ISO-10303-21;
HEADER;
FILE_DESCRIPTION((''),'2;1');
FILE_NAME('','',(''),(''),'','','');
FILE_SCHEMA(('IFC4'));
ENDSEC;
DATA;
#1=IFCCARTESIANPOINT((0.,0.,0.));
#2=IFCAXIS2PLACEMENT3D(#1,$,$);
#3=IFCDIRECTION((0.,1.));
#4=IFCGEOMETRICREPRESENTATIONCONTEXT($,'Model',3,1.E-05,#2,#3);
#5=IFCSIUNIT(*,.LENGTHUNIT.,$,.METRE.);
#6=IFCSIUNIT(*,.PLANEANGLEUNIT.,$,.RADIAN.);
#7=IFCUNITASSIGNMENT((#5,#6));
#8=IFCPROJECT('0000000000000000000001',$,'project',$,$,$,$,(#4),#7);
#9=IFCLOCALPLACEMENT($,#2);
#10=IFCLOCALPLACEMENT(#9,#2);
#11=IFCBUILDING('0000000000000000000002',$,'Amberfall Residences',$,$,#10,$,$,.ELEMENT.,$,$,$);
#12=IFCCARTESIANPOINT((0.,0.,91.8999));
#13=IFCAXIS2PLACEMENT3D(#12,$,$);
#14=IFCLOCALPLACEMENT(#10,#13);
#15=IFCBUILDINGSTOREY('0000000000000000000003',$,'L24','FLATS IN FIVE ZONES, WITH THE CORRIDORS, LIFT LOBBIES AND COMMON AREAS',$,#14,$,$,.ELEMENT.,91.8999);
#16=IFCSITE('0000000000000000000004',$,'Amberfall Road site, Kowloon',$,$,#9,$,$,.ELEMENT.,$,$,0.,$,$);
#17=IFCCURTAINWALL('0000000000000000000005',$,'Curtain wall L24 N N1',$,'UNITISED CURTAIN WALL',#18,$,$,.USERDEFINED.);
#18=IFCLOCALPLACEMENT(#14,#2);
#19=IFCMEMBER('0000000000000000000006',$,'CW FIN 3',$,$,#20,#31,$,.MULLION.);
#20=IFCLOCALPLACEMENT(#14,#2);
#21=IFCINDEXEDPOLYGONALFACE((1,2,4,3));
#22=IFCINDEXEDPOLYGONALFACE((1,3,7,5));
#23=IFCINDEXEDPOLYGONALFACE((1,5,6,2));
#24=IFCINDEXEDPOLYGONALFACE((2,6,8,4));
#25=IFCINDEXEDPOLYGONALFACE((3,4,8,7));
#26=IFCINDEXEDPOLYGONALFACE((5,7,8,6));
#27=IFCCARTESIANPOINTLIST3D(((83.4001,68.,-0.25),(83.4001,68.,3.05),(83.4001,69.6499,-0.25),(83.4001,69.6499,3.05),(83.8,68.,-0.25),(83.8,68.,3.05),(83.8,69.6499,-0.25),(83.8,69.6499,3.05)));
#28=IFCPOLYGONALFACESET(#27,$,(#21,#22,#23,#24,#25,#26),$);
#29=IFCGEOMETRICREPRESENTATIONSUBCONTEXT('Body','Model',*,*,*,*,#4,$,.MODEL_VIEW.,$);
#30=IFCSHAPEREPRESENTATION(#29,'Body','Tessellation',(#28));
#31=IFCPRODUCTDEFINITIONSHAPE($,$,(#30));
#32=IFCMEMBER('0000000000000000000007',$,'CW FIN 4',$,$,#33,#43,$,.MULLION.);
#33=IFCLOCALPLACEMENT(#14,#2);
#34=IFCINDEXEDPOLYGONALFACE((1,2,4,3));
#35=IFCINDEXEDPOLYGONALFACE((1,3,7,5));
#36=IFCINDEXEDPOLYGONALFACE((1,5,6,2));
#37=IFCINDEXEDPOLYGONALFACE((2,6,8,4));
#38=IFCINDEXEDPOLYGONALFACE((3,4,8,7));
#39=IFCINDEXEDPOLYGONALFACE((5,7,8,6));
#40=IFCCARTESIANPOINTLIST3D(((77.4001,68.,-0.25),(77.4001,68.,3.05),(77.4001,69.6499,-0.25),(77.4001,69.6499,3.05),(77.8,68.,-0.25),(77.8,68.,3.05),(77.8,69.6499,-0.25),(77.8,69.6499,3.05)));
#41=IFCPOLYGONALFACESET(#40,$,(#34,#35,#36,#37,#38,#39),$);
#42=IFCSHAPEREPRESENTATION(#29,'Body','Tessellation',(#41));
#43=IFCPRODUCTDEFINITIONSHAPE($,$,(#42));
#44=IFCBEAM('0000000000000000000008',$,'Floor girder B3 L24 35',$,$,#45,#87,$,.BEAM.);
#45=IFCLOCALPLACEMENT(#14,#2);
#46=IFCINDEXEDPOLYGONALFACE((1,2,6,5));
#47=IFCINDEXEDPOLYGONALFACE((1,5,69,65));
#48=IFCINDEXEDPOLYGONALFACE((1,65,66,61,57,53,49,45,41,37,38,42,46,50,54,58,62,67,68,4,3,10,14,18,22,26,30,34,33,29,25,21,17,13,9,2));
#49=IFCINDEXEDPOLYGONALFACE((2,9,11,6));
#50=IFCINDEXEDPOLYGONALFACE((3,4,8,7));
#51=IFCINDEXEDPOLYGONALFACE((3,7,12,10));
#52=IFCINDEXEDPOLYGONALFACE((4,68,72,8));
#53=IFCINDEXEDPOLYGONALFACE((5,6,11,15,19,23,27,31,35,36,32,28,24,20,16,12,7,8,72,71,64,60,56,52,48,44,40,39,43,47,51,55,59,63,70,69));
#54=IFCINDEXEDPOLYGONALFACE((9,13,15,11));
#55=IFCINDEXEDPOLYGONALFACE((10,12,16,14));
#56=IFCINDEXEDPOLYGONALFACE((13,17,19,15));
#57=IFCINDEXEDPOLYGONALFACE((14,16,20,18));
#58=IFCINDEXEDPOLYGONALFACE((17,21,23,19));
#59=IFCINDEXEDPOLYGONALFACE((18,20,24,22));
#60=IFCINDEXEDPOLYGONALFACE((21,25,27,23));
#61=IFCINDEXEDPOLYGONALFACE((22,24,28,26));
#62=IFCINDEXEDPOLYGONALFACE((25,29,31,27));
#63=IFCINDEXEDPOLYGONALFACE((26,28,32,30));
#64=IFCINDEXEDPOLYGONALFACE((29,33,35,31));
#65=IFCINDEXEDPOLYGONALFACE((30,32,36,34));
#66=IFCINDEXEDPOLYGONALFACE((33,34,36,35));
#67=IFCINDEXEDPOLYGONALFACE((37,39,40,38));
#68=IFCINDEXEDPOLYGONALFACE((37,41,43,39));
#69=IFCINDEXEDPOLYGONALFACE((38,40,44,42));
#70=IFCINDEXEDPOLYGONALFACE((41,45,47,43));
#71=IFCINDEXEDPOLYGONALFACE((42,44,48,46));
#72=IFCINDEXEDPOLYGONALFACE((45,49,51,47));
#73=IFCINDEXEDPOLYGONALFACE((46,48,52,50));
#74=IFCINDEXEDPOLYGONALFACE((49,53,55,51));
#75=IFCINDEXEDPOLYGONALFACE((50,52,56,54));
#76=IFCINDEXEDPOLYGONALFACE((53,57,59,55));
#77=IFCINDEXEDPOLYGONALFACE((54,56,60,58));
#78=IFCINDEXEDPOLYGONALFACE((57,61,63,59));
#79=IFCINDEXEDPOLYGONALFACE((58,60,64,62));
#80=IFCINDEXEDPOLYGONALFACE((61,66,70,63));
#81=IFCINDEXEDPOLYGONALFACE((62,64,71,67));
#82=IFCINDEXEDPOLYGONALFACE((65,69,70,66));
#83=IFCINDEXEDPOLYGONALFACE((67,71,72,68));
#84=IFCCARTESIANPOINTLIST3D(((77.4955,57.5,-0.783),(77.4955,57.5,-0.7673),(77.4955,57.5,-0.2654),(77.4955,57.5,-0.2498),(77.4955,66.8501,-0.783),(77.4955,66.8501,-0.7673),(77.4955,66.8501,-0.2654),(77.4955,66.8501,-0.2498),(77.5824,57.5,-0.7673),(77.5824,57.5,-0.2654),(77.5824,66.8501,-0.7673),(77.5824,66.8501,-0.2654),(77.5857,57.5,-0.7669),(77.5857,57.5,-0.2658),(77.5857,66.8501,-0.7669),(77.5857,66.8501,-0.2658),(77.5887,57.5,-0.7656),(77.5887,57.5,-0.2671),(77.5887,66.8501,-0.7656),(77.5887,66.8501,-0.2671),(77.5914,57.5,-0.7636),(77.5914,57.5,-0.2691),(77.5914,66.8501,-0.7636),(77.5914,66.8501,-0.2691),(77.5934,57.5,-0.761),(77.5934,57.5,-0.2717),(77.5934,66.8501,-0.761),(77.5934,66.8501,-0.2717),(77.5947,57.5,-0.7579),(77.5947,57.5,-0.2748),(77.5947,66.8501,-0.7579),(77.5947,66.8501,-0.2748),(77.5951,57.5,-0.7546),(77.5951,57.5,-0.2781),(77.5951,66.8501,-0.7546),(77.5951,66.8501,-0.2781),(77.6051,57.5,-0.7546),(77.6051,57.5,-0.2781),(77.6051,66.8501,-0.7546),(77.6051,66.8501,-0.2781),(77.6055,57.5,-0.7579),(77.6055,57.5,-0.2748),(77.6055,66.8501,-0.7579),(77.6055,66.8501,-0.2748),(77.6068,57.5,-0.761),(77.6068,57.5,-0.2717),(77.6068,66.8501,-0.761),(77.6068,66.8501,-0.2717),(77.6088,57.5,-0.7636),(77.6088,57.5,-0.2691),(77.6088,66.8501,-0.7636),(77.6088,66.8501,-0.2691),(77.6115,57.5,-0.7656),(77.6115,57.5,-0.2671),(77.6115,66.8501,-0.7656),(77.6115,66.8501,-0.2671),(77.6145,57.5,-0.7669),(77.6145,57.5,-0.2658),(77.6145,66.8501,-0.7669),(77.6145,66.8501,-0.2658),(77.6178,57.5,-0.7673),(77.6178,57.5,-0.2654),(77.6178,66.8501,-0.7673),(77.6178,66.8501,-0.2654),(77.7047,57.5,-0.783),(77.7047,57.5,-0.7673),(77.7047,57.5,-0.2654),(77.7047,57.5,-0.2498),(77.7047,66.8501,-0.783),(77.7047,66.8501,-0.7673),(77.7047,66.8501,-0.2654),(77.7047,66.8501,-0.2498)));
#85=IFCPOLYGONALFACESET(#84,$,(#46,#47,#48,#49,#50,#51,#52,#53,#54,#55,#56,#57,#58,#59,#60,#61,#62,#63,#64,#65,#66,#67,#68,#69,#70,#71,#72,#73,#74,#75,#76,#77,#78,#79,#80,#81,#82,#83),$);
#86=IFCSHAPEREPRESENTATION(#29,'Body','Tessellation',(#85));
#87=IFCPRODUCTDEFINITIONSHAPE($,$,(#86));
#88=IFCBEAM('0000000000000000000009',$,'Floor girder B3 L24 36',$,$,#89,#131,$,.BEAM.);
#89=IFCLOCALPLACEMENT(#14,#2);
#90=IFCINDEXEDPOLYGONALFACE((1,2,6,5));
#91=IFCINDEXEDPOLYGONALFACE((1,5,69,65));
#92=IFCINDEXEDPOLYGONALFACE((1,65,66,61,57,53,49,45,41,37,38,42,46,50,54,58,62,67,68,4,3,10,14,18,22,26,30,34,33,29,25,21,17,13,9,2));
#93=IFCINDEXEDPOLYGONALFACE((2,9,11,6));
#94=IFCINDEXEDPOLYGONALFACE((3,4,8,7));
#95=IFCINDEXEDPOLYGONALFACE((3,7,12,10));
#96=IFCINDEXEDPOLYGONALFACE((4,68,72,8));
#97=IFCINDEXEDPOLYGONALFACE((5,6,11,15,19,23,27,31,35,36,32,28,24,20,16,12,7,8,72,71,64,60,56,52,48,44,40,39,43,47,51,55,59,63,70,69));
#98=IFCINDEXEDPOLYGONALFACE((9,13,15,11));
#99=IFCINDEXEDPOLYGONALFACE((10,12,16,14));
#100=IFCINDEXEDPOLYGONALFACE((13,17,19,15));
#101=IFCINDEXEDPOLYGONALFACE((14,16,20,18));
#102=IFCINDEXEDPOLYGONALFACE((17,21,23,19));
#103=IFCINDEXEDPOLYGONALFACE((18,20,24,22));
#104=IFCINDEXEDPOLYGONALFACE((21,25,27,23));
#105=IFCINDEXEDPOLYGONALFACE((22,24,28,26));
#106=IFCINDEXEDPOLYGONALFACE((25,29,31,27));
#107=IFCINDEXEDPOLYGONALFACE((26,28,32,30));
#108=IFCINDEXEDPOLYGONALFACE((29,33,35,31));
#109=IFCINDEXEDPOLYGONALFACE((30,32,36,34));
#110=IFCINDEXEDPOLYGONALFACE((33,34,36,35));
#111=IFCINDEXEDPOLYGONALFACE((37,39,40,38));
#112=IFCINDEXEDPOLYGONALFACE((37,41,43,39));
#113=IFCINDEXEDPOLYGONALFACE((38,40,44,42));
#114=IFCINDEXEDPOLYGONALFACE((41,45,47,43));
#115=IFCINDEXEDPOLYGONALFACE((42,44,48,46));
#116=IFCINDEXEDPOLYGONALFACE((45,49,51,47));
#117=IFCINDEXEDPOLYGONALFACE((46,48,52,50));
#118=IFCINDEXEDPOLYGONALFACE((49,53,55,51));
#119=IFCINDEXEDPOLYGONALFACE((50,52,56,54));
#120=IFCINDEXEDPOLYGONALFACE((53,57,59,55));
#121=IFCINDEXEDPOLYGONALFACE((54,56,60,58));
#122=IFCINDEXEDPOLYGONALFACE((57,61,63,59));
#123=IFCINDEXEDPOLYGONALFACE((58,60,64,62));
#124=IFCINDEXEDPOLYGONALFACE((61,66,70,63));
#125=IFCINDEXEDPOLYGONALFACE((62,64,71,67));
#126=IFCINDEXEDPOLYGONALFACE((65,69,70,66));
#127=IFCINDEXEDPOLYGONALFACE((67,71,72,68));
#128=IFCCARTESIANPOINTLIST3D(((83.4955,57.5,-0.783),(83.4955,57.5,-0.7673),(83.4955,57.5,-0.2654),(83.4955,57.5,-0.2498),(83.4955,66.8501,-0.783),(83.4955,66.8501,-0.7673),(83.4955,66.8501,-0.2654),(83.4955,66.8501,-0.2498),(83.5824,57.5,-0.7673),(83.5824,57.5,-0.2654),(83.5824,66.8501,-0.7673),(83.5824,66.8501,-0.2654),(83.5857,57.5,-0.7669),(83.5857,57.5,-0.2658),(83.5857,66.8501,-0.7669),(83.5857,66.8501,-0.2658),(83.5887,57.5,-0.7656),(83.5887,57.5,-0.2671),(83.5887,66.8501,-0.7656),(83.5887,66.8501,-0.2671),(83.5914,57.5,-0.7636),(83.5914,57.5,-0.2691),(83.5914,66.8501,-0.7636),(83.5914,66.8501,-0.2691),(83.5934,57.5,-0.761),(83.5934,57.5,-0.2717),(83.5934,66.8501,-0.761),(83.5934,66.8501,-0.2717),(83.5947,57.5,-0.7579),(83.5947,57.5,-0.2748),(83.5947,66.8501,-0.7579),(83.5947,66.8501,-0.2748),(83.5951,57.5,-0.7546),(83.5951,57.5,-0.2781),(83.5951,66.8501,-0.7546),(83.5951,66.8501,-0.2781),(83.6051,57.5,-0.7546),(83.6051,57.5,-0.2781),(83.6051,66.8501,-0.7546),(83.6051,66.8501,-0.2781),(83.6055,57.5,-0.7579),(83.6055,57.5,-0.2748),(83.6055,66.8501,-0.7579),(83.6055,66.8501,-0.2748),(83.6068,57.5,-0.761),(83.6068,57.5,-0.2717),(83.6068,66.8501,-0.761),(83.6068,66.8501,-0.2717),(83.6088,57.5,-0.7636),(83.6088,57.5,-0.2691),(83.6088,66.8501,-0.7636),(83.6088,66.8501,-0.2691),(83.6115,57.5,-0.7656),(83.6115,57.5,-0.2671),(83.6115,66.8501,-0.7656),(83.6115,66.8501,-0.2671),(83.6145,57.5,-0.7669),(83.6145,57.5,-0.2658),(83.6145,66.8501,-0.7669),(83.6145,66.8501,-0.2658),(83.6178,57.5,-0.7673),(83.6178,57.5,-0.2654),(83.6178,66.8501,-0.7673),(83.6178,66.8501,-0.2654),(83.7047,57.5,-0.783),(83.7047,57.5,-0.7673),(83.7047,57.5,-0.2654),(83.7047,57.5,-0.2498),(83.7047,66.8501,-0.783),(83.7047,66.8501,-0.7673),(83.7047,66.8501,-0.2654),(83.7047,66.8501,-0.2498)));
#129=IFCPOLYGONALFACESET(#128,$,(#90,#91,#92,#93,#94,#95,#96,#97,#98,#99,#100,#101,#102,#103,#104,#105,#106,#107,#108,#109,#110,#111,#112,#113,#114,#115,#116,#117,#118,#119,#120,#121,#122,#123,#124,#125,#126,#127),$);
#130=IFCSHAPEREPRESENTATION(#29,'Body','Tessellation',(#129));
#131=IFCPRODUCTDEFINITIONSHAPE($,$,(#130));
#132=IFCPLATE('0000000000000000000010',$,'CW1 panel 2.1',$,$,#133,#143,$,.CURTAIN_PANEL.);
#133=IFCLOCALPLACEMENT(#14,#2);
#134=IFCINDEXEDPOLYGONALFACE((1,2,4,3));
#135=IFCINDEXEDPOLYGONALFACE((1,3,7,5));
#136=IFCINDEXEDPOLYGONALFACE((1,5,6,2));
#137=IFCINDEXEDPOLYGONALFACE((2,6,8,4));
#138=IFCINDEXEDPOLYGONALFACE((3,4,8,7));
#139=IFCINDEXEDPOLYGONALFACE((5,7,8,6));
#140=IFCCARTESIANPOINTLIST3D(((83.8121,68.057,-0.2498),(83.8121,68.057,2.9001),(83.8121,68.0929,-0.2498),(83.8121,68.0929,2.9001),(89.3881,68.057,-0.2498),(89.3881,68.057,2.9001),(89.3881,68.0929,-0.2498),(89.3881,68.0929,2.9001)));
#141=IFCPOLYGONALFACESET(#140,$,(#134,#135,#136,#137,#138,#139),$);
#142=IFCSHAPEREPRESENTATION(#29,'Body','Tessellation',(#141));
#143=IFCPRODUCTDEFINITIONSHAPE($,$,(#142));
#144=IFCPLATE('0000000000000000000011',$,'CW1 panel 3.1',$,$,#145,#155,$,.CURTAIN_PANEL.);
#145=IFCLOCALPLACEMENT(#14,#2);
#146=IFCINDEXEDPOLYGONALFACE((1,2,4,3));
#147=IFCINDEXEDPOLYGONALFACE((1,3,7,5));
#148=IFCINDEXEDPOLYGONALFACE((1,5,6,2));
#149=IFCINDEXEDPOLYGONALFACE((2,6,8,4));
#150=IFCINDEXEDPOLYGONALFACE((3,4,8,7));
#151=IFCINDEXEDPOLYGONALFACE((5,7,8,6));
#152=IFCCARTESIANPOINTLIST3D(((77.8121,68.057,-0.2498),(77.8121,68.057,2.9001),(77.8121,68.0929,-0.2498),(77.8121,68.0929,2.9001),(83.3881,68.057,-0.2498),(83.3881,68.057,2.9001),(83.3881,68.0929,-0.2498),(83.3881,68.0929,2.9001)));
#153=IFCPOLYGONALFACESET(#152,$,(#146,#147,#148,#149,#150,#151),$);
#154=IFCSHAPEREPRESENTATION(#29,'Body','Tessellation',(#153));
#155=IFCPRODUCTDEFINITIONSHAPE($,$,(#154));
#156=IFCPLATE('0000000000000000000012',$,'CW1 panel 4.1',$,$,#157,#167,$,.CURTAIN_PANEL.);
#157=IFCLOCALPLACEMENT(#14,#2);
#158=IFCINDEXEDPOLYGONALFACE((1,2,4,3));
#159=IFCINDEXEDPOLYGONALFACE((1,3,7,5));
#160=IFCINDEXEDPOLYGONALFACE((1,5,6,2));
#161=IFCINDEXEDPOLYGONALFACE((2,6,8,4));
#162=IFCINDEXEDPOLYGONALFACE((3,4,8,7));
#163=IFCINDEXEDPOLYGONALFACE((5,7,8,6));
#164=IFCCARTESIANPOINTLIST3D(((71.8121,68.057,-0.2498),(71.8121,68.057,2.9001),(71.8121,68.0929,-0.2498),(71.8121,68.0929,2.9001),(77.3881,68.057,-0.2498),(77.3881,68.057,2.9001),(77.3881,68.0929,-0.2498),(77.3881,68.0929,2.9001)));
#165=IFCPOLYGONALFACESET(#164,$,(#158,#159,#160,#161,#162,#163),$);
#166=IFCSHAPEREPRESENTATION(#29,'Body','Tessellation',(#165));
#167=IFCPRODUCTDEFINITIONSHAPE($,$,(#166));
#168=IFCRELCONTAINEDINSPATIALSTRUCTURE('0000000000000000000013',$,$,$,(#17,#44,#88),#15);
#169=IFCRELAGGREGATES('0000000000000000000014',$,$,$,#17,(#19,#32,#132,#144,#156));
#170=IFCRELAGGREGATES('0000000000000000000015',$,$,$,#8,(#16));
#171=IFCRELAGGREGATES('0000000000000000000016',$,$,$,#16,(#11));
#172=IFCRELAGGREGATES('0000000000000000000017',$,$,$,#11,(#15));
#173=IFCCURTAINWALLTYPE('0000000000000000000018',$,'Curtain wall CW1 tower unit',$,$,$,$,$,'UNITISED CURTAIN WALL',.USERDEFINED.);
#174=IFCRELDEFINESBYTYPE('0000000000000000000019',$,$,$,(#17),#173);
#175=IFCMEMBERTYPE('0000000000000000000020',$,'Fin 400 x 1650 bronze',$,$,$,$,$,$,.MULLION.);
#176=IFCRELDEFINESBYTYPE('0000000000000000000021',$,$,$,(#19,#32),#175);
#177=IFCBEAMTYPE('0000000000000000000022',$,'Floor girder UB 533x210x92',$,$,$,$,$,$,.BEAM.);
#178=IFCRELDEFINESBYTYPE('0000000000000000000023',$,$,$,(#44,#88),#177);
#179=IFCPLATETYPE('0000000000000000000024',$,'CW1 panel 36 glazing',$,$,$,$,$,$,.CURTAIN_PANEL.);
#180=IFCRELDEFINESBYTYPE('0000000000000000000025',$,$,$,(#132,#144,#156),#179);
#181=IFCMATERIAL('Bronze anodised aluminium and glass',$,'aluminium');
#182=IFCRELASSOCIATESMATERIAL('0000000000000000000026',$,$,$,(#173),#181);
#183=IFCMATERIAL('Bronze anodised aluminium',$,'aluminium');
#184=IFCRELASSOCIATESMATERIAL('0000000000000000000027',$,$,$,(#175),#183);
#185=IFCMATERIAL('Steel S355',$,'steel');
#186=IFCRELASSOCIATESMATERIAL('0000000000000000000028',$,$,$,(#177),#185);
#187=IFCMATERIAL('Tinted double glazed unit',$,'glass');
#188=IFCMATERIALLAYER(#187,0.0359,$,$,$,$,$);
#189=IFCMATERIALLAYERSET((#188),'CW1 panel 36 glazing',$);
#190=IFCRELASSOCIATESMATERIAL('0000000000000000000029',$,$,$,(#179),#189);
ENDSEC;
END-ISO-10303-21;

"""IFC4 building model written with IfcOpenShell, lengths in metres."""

from ifc_helpers import new_model, si_unit, direction, frame, origin, origin_2d, place, context, subcontext, project, spatial, rectangle, i_section, extrude, material, layer, layer_set, material_profile, profile_set, type_object, element, aggregate, save


model = new_model("IFC4")

# Units and contexts
model_context = context("Model", 3, precision=1e-05, world=origin(), true_north=direction((0.0, 1.0)))
body_context = subcontext(model_context, "Body", "Model", "MODEL_VIEW")
ifc_project = project(units=[si_unit("LENGTHUNIT", "METRE"), si_unit("PLANEANGLEUNIT", "RADIAN")], contexts=[model_context])

# Site, building, storey
site_placement = place(None, origin())
site = spatial("IfcSite", under=ifc_project, at=site_placement, Name="Amberfall Road site, Kowloon", CompositionType="ELEMENT", RefElevation=0.0)
building_placement = place(site_placement, origin())
building = spatial("IfcBuilding", under=site, at=building_placement, Name="Amberfall Residences", CompositionType="ELEMENT")
storey_placement = place(building_placement, frame((0.0, 0.0, 91.8999)))
storey = spatial("IfcBuildingStorey", under=building, at=storey_placement, Name="L24", Description="FLATS IN FIVE ZONES, WITH THE CORRIDORS, LIFT LOBBIES AND COMMON AREAS", CompositionType="ELEMENT", Elevation=91.8999)

# Curtain wall
ifc_material_1 = material(Name="Bronze anodised aluminium and glass", Category="aluminium")
curtain_wall_type = type_object("IfcCurtainWallType", Name="Curtain wall CW1 tower unit", ElementType="UNITISED CURTAIN WALL", PredefinedType="USERDEFINED", material=ifc_material_1)
curtain_wall_placement = place(storey_placement, origin())
curtain_wall = element("IfcCurtainWall", 1, at=curtain_wall_placement, inside=storey, type_object=curtain_wall_type, Name="Curtain wall L24 N N1", ObjectType="UNITISED CURTAIN WALL", PredefinedType="USERDEFINED")
ifc_material_2 = material(Name="Bronze anodised aluminium", Category="aluminium")

# Shared definitions
ifc_material_3 = material(Name="Steel S355", Category="steel")

# Members
ifc_material_profile_1 = material_profile(ifc_material_2, rectangle(XDim=1.6499, YDim=0.3999, at=origin_2d()), Name="Fin 400 x 1650 bronze")
ifc_profile_set_1 = profile_set([ifc_material_profile_1], Name="Bronze anodised aluminium")
member_type_1 = type_object("IfcMemberType", Name="Fin 400 x 1650 bronze", PredefinedType="MULLION", material=ifc_profile_set_1)
member_1_placement = place(storey_placement, frame((83.6001, 68.825, -0.25), z_axis=(0.0, 0.0, 1.0), x_axis=(0.0, -1.0, 0.0)))
member_1 = element("IfcMember", 2, at=member_1_placement, type_object=member_type_1, Name="CW FIN 3", PredefinedType="MULLION", context=body_context, shape_type="SweptSolid", body=[
    extrude(rectangle(XDim=1.6499, YDim=0.3999, at=origin_2d()), origin(), (0.0, 0.0, 1.0), 3.3),
])
member_2_placement = place(storey_placement, frame((77.6001, 68.825, -0.25), z_axis=(0.0, 0.0, 1.0), x_axis=(0.0, -1.0, 0.0)))
member_2 = element("IfcMember", 3, at=member_2_placement, type_object=member_type_1, Name="CW FIN 4", PredefinedType="MULLION", context=body_context, shape_type="SweptSolid", body=[
    extrude(rectangle(XDim=1.6499, YDim=0.3999, at=origin_2d()), origin(), (0.0, 0.0, 1.0), 3.3),
])

# Beams
ifc_material_profile_2 = material_profile(ifc_material_3, i_section(OverallWidth=0.2092, OverallDepth=0.5332, WebThickness=0.01, FlangeThickness=0.0156, FilletRadius=0.0127, at=origin_2d()), Name="UB 533x210x92")
ifc_profile_set_2 = profile_set([ifc_material_profile_2], Name="Steel S355")
beam_type_1 = type_object("IfcBeamType", Name="Floor girder UB 533x210x92", PredefinedType="BEAM", material=ifc_profile_set_2)
for number, where, z_axis, x_axis, name in (
    (4, (77.6001, 66.8501, -0.5164), (0.0, -1.0, 0.0), (1.0, 0.0, 0.0), "Floor girder B3 L24 35"),
    (5, (83.6001, 66.8501, -0.5164), (0.0, -1.0, 0.0), (1.0, 0.0, 0.0), "Floor girder B3 L24 36"),
):
    element("IfcBeam", number, at=place(storey_placement, frame(where, z_axis=z_axis, x_axis=x_axis)), inside=storey, type_object=beam_type_1, Name=name, PredefinedType="BEAM", context=body_context, shape_type="SweptSolid", body=[
        extrude(i_section(OverallWidth=0.2092, OverallDepth=0.5332, WebThickness=0.01, FlangeThickness=0.0156, FilletRadius=0.0127, at=origin_2d()), origin(), (0.0, 0.0, 1.0), 9.3501),
    ])

# Plates
ifc_material_4 = material(Name="Tinted double glazed unit", Category="glass")
ifc_layer_1 = layer(ifc_material_4, 0.0359)
ifc_layer_set_1 = layer_set([ifc_layer_1], Name="CW1 panel 36 glazing")
plate_type = type_object("IfcPlateType", Name="CW1 panel 36 glazing", PredefinedType="CURTAIN_PANEL", material=ifc_layer_set_1)
plate_1_placement = place(storey_placement, frame((86.6001, 68.075, -0.2498), z_axis=(0.0, 0.0, 1.0), x_axis=(-1.0, 0.0, 0.0)))
plate_1 = element("IfcPlate", 6, at=plate_1_placement, type_object=plate_type, Name="CW1 panel 2.1", PredefinedType="CURTAIN_PANEL", context=body_context, shape_type="SweptSolid", body=[
    extrude(rectangle(XDim=5.5759, YDim=0.0359, at=origin_2d()), origin(), (0.0, 0.0, 1.0), 3.1499),
])
plate_2_placement = place(storey_placement, frame((80.6001, 68.075, -0.2498), z_axis=(0.0, 0.0, 1.0), x_axis=(-1.0, 0.0, 0.0)))
plate_2 = element("IfcPlate", 7, at=plate_2_placement, type_object=plate_type, Name="CW1 panel 3.1", PredefinedType="CURTAIN_PANEL", context=body_context, shape_type="SweptSolid", body=[
    extrude(rectangle(XDim=5.5759, YDim=0.0359, at=origin_2d()), origin(), (0.0, 0.0, 1.0), 3.1499),
])
plate_3_placement = place(storey_placement, frame((74.6001, 68.075, -0.2498), z_axis=(0.0, 0.0, 1.0), x_axis=(-1.0, 0.0, 0.0)))
plate_3 = element("IfcPlate", 8, at=plate_3_placement, type_object=plate_type, Name="CW1 panel 4.1", PredefinedType="CURTAIN_PANEL", context=body_context, shape_type="SweptSolid", body=[
    extrude(rectangle(XDim=5.5759, YDim=0.0359, at=origin_2d()), origin(), (0.0, 0.0, 1.0), 3.1499),
])
aggregate(curtain_wall, [member_1, member_2, plate_1, plate_2, plate_3])

save(model, "model.ifc")
